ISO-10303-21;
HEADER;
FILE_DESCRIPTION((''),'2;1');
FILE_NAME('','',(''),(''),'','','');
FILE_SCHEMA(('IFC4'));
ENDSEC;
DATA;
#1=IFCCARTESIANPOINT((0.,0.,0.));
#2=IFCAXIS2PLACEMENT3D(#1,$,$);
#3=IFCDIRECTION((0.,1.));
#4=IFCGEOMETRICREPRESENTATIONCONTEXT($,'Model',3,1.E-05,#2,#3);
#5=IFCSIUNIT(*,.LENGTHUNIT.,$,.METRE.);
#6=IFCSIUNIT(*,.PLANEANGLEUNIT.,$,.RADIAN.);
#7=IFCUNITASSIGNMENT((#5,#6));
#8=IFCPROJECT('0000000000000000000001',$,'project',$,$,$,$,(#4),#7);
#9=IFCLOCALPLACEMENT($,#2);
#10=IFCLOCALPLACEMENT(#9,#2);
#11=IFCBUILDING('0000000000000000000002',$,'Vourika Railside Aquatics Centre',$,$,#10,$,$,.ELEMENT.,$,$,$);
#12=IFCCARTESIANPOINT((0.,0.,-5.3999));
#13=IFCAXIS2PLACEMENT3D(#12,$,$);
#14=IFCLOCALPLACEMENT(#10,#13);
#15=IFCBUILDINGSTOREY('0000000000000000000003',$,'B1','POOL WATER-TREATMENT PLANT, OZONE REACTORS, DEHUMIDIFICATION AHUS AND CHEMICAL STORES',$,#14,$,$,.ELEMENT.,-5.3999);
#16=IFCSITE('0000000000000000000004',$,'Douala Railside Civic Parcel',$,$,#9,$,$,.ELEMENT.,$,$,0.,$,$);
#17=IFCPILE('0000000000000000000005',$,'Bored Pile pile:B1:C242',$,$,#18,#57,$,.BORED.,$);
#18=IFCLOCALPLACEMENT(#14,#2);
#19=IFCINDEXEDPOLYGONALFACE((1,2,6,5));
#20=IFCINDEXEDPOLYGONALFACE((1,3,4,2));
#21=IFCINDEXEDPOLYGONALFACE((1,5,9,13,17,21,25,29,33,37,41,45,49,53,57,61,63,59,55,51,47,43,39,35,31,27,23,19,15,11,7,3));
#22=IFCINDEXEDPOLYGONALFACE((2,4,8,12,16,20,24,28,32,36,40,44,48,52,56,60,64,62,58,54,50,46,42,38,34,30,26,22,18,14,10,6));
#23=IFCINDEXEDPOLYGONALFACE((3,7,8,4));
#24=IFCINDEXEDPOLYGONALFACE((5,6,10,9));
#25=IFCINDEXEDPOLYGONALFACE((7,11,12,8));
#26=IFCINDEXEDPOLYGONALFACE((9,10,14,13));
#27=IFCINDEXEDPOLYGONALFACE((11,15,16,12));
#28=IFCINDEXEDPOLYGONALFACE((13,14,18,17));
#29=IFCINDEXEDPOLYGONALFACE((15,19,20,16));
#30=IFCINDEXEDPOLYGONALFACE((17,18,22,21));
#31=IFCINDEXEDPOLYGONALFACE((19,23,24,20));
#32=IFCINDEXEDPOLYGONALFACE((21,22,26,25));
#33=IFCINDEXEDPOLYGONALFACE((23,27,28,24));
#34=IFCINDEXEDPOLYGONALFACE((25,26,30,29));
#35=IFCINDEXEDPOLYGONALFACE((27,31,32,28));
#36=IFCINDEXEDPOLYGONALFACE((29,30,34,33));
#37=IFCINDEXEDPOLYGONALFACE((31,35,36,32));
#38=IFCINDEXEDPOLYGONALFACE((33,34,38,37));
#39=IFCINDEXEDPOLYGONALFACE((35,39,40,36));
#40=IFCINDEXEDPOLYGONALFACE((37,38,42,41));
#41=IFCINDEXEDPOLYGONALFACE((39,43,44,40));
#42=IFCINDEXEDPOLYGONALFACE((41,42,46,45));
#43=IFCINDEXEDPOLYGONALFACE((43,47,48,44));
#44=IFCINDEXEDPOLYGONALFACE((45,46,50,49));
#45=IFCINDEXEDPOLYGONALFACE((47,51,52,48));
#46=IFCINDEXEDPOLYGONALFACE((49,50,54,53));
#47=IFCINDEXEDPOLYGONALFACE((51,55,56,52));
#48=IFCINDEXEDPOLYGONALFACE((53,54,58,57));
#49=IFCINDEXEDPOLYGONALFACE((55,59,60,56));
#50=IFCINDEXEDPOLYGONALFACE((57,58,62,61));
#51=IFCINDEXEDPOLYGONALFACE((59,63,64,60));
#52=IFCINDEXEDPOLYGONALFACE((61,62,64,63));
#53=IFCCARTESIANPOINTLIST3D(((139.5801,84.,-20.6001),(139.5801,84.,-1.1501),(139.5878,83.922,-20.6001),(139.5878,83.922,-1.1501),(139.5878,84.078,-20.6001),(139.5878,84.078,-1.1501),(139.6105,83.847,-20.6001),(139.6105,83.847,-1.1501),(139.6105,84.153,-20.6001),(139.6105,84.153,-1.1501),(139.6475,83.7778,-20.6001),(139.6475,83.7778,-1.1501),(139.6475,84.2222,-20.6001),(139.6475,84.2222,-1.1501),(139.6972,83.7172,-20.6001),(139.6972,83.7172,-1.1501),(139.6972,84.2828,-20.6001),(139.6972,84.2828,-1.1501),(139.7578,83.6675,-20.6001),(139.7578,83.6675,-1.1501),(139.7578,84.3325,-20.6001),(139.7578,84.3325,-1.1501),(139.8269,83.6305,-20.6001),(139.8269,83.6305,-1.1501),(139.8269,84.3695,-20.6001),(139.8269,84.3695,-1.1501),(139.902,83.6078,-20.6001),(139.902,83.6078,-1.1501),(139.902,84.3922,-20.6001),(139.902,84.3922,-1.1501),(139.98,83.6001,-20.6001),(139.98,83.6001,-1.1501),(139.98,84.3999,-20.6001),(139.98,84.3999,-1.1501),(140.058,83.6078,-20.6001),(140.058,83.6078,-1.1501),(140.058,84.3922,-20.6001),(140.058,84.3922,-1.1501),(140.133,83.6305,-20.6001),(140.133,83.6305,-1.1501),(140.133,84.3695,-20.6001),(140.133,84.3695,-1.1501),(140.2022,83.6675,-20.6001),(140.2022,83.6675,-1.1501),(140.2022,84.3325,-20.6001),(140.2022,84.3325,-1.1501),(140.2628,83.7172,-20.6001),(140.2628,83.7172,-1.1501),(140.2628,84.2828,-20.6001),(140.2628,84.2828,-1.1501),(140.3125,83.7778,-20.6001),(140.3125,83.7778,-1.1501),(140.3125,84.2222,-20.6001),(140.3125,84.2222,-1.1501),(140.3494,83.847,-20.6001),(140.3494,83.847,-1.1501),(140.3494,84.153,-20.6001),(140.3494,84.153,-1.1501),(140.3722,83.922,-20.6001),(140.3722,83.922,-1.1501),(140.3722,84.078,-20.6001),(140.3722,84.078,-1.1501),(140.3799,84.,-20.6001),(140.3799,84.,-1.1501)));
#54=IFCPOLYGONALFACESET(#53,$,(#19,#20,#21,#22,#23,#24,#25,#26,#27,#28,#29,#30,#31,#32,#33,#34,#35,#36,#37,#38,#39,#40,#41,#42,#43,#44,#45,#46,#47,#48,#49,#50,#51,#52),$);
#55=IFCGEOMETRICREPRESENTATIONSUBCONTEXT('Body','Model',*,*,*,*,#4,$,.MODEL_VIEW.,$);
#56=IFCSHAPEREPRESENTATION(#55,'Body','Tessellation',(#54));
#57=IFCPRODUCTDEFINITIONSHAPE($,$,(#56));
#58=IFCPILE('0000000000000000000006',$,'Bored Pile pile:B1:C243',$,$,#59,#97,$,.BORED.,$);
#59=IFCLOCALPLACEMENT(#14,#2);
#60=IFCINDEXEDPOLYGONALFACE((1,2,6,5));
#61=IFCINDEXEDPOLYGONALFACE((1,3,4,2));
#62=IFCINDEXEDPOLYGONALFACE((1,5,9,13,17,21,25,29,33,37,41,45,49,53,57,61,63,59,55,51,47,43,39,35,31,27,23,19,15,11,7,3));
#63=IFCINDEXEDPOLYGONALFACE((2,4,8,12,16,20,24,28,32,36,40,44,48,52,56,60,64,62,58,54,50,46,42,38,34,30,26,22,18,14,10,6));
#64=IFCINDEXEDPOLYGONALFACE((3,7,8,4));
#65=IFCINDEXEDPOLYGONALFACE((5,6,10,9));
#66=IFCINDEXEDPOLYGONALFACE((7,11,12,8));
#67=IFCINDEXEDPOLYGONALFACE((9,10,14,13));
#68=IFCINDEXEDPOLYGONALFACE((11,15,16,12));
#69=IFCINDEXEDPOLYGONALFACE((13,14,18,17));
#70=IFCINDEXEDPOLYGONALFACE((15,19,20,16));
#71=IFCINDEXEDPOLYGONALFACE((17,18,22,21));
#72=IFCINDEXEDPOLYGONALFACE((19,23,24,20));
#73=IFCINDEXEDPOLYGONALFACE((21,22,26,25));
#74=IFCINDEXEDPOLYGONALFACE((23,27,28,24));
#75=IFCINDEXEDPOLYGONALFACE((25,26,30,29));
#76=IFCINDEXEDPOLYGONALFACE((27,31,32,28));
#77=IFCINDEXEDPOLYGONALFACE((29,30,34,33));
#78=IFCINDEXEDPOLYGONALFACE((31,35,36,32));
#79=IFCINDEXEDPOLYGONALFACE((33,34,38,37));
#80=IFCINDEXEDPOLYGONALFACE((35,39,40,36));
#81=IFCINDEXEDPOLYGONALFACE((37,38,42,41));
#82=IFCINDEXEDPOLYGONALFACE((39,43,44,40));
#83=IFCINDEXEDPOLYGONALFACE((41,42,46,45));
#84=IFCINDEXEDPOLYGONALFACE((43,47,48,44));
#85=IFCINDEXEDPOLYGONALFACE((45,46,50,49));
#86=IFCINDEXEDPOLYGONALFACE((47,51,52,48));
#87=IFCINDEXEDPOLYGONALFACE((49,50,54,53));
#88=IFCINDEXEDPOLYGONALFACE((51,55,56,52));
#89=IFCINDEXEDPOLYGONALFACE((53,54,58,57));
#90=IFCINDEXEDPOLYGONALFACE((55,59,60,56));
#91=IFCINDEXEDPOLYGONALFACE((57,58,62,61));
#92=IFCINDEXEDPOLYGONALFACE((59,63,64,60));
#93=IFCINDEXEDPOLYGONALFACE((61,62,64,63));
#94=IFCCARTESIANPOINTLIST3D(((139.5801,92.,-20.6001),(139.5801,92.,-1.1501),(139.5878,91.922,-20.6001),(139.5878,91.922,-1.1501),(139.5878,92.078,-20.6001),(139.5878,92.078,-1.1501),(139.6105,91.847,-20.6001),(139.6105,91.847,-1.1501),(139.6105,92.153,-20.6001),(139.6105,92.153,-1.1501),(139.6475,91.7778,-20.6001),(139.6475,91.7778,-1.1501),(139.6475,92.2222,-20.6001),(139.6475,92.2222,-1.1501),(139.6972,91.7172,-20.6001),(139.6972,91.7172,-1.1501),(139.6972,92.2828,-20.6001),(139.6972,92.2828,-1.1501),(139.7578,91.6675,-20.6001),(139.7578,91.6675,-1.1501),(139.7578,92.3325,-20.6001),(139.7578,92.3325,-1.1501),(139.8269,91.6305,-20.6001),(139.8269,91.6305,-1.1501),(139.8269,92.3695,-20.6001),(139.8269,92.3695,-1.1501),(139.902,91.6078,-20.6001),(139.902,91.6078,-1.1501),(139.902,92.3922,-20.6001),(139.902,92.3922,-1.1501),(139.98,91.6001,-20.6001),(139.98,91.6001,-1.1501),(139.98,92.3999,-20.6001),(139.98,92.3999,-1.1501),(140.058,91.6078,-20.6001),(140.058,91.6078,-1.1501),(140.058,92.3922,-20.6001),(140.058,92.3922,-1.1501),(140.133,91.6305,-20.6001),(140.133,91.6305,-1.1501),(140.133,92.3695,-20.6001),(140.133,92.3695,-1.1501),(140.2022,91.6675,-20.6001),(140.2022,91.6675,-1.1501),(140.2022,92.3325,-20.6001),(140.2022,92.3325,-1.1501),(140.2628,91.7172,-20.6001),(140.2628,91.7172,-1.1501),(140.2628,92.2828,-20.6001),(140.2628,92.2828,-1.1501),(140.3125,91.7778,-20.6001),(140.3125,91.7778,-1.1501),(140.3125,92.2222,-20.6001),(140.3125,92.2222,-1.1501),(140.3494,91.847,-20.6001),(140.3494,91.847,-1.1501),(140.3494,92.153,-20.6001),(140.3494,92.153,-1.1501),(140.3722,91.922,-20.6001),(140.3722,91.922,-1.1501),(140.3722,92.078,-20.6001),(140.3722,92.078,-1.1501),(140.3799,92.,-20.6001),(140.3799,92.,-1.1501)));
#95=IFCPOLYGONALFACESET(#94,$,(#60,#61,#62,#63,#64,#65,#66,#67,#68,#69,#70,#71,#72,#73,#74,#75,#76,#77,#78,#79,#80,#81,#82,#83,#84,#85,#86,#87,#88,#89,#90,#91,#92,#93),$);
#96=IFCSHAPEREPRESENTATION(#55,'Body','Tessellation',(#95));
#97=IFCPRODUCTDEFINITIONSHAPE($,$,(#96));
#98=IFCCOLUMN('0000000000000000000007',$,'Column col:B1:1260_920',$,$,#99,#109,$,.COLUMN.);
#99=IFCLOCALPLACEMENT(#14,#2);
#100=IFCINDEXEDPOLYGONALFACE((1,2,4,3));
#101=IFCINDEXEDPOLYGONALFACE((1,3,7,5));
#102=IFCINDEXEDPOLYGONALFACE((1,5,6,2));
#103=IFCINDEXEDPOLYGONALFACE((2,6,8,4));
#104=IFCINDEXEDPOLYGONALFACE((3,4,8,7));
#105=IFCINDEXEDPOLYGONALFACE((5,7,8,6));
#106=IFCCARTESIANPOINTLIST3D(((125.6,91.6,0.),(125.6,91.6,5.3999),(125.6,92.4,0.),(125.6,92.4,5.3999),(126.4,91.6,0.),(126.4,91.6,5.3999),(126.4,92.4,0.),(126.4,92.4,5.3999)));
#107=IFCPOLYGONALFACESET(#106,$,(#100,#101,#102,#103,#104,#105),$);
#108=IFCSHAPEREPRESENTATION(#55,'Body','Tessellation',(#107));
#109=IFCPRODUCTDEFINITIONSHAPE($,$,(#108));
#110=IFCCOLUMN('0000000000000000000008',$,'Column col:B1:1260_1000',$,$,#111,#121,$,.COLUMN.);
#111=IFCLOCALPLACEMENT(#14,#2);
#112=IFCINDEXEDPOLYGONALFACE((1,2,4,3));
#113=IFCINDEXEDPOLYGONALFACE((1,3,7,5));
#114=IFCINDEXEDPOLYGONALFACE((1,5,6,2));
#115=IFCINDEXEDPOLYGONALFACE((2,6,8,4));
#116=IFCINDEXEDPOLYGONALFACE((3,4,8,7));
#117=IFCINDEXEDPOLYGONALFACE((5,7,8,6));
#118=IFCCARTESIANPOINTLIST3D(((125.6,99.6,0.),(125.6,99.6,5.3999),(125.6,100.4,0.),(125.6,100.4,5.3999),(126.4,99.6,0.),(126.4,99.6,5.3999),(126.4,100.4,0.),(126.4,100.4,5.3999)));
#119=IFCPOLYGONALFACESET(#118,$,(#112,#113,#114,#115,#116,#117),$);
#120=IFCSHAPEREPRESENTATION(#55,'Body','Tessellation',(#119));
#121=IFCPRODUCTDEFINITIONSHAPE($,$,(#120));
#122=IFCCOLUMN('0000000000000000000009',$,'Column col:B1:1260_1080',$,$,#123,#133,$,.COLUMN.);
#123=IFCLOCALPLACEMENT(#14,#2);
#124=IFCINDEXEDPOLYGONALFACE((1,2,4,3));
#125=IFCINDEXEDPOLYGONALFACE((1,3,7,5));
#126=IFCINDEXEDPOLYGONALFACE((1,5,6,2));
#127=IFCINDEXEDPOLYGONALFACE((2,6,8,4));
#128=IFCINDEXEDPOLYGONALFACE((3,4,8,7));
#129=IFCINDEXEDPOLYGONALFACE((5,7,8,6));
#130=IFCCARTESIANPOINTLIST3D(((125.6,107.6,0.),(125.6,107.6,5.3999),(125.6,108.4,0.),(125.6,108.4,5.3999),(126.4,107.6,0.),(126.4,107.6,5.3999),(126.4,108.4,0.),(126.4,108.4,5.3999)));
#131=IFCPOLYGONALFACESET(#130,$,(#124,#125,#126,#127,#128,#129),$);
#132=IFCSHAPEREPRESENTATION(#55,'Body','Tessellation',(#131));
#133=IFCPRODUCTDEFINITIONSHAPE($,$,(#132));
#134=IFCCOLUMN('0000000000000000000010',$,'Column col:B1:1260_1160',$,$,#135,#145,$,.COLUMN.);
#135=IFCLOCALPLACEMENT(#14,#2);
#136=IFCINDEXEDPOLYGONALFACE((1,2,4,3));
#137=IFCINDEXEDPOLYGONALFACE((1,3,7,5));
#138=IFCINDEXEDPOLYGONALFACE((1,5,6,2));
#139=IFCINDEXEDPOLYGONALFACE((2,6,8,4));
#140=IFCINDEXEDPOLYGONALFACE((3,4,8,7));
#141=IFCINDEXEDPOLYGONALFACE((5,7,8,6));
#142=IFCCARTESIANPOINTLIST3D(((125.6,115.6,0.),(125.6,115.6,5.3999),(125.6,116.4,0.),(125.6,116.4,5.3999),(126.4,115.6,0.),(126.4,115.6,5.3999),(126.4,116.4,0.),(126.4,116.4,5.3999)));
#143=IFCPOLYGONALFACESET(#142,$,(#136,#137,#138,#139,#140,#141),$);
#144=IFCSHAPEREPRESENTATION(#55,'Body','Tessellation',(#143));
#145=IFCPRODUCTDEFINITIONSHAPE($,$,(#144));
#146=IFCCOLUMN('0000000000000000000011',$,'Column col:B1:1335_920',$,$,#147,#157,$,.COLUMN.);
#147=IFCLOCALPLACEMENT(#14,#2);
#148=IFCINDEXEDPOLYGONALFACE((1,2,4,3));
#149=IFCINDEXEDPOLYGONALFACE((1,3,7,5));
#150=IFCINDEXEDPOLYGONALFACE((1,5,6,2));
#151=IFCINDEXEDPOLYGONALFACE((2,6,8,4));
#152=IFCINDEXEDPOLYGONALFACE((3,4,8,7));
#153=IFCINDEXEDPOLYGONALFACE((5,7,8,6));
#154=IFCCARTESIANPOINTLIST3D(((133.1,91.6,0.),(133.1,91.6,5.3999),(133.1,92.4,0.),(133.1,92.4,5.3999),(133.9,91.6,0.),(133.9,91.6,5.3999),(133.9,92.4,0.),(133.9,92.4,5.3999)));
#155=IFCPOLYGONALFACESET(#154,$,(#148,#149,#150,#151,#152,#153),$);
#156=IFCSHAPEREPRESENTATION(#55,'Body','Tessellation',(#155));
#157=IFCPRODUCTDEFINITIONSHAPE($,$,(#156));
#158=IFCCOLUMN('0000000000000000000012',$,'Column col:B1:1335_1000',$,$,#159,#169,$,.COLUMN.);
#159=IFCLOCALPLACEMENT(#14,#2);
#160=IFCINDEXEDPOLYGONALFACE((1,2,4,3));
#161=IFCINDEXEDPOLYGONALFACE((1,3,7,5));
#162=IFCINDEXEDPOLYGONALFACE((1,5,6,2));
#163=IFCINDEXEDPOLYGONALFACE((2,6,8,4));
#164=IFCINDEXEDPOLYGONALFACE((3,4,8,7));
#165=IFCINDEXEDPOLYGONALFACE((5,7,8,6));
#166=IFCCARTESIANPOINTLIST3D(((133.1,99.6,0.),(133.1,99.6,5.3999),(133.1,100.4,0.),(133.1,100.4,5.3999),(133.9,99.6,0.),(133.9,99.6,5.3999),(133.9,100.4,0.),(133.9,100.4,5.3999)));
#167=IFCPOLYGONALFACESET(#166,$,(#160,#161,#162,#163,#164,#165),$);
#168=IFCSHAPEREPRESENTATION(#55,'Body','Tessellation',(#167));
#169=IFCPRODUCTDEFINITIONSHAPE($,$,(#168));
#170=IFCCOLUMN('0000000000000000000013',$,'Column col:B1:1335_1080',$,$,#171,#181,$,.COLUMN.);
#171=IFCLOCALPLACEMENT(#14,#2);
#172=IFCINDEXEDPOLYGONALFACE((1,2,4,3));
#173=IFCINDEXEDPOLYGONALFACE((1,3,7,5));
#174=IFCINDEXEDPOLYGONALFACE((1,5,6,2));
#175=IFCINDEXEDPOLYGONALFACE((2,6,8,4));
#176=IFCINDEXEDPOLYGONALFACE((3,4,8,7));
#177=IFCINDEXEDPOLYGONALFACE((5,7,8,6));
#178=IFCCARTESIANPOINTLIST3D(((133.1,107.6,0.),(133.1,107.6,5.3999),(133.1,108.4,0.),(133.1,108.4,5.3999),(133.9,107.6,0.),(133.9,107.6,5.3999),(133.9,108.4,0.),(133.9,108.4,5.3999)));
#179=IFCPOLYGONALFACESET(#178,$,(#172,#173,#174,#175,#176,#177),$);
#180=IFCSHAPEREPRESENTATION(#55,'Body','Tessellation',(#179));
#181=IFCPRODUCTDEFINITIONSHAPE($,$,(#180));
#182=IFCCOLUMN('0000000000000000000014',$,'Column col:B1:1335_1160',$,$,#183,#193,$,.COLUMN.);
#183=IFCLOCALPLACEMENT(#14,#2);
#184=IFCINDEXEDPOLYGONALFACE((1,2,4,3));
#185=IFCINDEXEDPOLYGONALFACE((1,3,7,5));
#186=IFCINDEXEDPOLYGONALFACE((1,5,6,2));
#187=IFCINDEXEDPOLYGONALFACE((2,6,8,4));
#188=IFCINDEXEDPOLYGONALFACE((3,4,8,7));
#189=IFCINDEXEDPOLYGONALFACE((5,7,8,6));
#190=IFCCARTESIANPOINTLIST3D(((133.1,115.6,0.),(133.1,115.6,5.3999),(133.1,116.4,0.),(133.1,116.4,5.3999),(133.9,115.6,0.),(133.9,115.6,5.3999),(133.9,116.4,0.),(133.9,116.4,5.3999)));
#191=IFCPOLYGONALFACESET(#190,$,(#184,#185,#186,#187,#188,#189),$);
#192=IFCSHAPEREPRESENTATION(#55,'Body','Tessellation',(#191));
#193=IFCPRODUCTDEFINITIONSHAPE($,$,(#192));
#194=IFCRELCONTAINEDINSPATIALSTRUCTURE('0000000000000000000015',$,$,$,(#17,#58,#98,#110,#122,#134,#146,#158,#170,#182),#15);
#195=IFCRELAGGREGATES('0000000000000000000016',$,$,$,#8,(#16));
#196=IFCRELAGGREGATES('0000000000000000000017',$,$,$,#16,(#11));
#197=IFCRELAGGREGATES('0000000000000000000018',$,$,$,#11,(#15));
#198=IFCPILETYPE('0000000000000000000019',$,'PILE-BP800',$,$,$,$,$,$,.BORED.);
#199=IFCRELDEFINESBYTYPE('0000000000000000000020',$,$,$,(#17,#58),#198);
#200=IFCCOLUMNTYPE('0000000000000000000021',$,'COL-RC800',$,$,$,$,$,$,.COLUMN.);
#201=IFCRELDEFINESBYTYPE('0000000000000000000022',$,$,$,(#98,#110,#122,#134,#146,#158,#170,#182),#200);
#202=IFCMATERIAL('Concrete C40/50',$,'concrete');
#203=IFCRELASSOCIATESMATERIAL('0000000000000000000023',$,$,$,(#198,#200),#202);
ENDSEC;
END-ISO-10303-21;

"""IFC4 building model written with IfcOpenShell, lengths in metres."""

from ifc_helpers import new_model, si_unit, direction, frame, origin, origin_2d, place, context, subcontext, project, spatial, rectangle, circle, extrude, material, material_profile, profile_set, type_object, element, save


model = new_model("IFC4")

# Units and contexts
model_context = context("Model", 3, precision=1e-05, world=origin(), true_north=direction((0.0, 1.0)))
body_context = subcontext(model_context, "Body", "Model", "MODEL_VIEW")
ifc_project = project(units=[si_unit("LENGTHUNIT", "METRE"), si_unit("PLANEANGLEUNIT", "RADIAN")], contexts=[model_context])

# Site, building, storey
site_placement = place(None, origin())
site = spatial("IfcSite", under=ifc_project, at=site_placement, Name="Douala Railside Civic Parcel", CompositionType="ELEMENT", RefElevation=0.0)
building_placement = place(site_placement, origin())
building = spatial("IfcBuilding", under=site, at=building_placement, Name="Vourika Railside Aquatics Centre", CompositionType="ELEMENT")
storey_placement = place(building_placement, frame((0.0, 0.0, -5.3999)))
storey = spatial("IfcBuildingStorey", under=building, at=storey_placement, Name="B1", Description="POOL WATER-TREATMENT PLANT, OZONE REACTORS, DEHUMIDIFICATION AHUS AND CHEMICAL STORES", CompositionType="ELEMENT", Elevation=-5.3999)

# Shared definitions
ifc_material = material(Name="Concrete C40/50", Category="concrete")

# Piles
ifc_material_profile_1 = material_profile(ifc_material, circle(Radius=0.3999, at=origin_2d()), Name="BP 800")
ifc_profile_set_1 = profile_set([ifc_material_profile_1], Name="Concrete C40/50")
pile_type = type_object("IfcPileType", Name="PILE-BP800", PredefinedType="BORED", material=ifc_profile_set_1)
for number, where, z_axis, x_axis, name in (
    (1, (139.98, 84.0, -1.1501), (0.0, 0.0, -1.0), (1.0, 0.0, 0.0), "Bored Pile pile:B1:C242"),
    (2, (139.98, 92.0, -1.1501), (0.0, 0.0, -1.0), (1.0, 0.0, 0.0), "Bored Pile pile:B1:C243"),
):
    element("IfcPile", number, at=place(storey_placement, frame(where, z_axis=z_axis, x_axis=x_axis)), inside=storey, type_object=pile_type, Name=name, PredefinedType="BORED", context=body_context, shape_type="SweptSolid", body=[
        extrude(circle(Radius=0.3999, at=origin_2d()), origin(), (0.0, 0.0, 1.0), 19.45),
    ])

# Columns
ifc_material_profile_2 = material_profile(ifc_material, rectangle(XDim=0.8, YDim=0.8, at=origin_2d()), Name="RC 800x800")
ifc_profile_set_2 = profile_set([ifc_material_profile_2], Name="Concrete C40/50")
column_type = type_object("IfcColumnType", Name="COL-RC800", PredefinedType="COLUMN", material=ifc_profile_set_2)
for number, where, z_axis, x_axis, name in (
    (3, (126.0, 92.0, 0.0), (0.0, 0.0, 1.0), (1.0, 0.0, 0.0), "Column col:B1:1260_920"),
    (4, (126.0, 100.0, 0.0), (0.0, 0.0, 1.0), (1.0, 0.0, 0.0), "Column col:B1:1260_1000"),
    (5, (126.0, 108.0, 0.0), (0.0, 0.0, 1.0), (1.0, 0.0, 0.0), "Column col:B1:1260_1080"),
    (6, (126.0, 116.0, 0.0), (0.0, 0.0, 1.0), (1.0, 0.0, 0.0), "Column col:B1:1260_1160"),
    (7, (133.5, 92.0, 0.0), (0.0, 0.0, 1.0), (1.0, 0.0, 0.0), "Column col:B1:1335_920"),
    (8, (133.5, 100.0, 0.0), (0.0, 0.0, 1.0), (1.0, 0.0, 0.0), "Column col:B1:1335_1000"),
    (9, (133.5, 108.0, 0.0), (0.0, 0.0, 1.0), (1.0, 0.0, 0.0), "Column col:B1:1335_1080"),
    (10, (133.5, 116.0, 0.0), (0.0, 0.0, 1.0), (1.0, 0.0, 0.0), "Column col:B1:1335_1160"),
):
    element("IfcColumn", number, at=place(storey_placement, frame(where, z_axis=z_axis, x_axis=x_axis)), inside=storey, type_object=column_type, Name=name, PredefinedType="COLUMN", context=body_context, shape_type="SweptSolid", body=[
        extrude(rectangle(XDim=0.8, YDim=0.8, at=origin_2d()), origin(), (0.0, 0.0, 1.0), 5.3999),
    ])

save(model, "model.ifc")
